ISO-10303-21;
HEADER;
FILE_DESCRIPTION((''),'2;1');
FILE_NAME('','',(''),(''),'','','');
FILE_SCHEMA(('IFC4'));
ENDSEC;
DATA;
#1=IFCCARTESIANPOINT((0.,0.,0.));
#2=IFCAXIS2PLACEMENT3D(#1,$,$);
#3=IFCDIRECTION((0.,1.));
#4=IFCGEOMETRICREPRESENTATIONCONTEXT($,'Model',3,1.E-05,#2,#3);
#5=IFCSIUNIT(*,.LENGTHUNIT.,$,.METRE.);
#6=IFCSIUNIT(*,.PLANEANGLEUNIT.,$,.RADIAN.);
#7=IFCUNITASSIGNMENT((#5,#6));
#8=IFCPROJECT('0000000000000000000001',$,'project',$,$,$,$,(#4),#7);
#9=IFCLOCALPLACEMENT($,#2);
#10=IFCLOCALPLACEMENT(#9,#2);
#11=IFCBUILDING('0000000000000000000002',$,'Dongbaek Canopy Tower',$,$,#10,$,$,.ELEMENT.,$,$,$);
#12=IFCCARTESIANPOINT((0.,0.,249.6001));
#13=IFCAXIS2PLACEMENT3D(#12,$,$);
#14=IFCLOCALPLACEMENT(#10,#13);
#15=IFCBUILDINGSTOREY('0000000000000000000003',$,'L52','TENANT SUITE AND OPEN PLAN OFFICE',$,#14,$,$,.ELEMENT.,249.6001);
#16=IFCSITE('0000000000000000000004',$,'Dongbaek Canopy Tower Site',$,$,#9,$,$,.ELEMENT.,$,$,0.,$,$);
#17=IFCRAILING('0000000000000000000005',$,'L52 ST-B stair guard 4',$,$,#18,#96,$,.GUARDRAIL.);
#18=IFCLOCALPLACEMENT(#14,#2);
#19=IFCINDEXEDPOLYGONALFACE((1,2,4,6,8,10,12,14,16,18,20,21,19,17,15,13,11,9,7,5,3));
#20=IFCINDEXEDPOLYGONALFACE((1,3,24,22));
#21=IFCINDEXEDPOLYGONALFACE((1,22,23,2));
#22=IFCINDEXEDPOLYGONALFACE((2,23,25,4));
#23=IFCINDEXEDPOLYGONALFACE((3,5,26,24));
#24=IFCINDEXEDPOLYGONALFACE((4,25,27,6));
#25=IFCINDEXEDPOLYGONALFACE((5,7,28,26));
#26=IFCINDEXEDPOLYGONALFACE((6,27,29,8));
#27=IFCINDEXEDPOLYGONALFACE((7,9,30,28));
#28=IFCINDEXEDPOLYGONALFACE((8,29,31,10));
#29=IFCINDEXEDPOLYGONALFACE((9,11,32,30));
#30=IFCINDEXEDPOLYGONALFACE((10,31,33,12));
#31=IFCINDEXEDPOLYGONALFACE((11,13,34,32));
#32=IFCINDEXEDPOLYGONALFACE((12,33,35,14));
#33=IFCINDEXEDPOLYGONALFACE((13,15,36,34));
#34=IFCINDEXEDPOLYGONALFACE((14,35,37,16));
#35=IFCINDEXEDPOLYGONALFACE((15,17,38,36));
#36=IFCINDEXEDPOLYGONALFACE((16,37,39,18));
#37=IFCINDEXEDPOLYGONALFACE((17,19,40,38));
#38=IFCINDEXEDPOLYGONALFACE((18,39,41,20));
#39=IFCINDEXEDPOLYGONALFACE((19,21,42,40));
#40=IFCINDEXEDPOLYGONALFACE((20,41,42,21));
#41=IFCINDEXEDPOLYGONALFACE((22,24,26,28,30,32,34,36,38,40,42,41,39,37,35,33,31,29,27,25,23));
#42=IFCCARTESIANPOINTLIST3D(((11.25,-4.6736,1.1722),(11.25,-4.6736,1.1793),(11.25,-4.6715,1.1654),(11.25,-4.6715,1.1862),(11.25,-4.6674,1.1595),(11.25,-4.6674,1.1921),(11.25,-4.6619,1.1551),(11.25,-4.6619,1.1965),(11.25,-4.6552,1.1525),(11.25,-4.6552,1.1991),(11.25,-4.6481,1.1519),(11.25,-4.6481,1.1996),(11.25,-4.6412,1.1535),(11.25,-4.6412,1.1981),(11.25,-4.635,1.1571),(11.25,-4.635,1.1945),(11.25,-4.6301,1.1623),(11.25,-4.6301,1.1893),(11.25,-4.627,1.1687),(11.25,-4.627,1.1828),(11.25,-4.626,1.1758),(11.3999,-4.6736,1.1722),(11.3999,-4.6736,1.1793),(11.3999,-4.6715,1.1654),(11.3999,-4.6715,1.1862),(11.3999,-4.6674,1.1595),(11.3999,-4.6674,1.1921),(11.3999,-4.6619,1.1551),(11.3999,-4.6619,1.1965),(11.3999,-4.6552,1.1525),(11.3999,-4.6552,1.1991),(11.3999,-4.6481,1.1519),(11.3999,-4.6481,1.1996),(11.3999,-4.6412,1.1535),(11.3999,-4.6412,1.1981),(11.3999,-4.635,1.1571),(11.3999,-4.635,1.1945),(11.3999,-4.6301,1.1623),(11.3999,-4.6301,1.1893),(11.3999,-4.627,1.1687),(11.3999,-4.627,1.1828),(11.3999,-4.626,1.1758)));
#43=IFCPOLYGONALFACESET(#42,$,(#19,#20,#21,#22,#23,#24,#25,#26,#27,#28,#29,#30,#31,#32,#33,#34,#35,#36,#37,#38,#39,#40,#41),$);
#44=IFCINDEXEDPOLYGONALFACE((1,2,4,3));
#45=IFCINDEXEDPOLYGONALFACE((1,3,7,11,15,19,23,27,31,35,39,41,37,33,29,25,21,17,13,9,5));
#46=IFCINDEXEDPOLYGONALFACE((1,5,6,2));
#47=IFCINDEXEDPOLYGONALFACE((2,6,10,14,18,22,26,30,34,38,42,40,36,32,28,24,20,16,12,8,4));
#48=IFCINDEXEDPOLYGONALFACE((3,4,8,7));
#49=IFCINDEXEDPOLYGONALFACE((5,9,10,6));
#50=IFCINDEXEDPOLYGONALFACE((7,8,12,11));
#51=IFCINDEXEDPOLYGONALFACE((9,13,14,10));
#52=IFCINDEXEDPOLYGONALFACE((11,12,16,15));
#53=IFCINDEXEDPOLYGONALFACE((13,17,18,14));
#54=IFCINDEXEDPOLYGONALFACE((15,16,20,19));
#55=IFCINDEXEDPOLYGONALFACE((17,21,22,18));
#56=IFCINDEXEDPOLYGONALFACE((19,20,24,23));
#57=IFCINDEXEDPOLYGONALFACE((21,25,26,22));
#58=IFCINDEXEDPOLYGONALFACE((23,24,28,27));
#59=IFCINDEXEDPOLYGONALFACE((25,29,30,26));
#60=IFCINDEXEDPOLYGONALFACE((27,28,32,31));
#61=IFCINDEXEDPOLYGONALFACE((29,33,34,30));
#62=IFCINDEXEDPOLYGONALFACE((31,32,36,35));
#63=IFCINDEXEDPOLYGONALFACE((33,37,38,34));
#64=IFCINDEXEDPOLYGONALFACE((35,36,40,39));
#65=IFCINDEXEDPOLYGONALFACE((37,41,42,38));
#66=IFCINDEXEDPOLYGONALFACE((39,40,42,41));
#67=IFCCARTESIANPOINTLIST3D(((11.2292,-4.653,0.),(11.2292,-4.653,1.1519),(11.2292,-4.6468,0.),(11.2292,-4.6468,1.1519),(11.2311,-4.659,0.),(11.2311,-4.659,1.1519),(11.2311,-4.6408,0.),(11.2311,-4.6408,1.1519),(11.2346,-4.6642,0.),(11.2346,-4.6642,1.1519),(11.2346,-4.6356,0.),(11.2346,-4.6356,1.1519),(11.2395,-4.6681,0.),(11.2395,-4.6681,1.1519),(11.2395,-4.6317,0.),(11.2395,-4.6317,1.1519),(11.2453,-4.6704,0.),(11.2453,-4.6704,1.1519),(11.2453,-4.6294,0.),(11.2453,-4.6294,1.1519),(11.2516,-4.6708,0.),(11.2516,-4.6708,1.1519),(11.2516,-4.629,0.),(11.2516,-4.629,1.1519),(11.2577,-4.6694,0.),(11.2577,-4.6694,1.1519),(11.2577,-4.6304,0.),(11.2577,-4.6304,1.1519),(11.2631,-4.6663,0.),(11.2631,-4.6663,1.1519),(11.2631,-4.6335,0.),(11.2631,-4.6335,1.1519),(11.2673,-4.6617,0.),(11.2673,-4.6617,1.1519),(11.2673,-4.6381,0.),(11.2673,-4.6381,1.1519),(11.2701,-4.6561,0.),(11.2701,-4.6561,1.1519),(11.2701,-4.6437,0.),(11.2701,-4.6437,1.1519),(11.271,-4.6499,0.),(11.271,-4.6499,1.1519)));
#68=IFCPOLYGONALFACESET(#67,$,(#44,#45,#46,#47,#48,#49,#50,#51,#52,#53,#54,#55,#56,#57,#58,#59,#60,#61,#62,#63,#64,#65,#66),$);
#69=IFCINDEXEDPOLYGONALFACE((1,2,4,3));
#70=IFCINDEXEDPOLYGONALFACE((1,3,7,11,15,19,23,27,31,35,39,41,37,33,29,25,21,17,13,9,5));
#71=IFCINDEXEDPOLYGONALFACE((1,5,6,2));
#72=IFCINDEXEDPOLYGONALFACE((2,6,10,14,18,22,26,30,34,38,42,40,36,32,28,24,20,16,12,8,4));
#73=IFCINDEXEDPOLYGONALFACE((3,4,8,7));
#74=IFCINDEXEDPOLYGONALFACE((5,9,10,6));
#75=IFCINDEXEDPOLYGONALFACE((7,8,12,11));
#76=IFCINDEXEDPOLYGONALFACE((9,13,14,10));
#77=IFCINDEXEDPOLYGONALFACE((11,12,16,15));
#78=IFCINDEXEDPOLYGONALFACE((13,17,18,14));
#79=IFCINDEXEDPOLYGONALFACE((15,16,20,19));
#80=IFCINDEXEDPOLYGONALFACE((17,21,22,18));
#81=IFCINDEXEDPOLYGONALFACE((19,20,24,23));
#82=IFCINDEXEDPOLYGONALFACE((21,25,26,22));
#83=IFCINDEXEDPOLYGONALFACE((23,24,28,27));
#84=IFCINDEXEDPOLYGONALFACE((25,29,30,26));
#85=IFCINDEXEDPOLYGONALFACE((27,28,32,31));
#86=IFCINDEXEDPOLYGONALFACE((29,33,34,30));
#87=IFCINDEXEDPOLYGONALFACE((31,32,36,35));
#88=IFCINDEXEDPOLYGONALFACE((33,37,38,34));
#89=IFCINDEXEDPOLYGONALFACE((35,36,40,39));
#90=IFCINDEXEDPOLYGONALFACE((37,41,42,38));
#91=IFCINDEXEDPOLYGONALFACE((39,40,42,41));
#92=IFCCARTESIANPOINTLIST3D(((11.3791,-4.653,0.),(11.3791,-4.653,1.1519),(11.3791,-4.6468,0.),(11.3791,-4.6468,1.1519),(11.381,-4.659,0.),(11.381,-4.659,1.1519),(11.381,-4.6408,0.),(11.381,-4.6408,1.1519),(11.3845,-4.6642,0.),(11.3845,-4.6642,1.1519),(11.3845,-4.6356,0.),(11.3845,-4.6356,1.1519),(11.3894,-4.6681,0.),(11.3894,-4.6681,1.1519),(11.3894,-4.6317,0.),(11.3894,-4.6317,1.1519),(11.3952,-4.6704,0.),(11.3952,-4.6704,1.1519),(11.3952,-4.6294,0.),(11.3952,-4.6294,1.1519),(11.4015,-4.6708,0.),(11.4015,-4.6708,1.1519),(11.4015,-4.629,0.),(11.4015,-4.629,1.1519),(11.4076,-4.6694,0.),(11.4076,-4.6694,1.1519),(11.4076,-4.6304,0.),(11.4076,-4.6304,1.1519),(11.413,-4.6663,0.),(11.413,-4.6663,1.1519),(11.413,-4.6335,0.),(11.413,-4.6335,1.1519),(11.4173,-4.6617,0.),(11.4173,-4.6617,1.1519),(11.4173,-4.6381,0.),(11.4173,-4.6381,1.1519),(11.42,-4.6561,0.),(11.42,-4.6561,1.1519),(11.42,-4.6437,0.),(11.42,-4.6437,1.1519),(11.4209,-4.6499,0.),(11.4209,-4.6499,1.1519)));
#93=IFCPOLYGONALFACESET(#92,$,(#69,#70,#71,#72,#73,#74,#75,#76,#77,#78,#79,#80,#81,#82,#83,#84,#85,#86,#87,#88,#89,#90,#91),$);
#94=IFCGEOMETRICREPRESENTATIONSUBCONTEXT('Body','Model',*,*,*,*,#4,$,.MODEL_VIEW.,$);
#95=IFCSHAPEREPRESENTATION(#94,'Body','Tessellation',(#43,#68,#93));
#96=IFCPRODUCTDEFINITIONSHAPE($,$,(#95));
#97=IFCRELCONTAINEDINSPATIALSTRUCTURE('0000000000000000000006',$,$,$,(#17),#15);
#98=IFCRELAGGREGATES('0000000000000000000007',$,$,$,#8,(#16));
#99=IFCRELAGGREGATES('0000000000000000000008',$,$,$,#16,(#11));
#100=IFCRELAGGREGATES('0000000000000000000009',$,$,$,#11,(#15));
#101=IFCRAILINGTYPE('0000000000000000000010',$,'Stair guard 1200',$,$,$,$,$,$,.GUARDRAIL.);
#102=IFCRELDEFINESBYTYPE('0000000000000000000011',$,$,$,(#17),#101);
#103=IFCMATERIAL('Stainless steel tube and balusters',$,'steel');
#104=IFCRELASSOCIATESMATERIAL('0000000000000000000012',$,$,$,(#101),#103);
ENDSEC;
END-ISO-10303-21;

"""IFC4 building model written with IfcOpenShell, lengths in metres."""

from ifc_helpers import new_model, si_unit, direction, frame, origin, origin_2d, place, context, subcontext, project, spatial, circle, extrude, material, type_object, element, save


model = new_model("IFC4")

# Units and contexts
model_context = context("Model", 3, precision=1e-05, world=origin(), true_north=direction((0.0, 1.0)))
body_context = subcontext(model_context, "Body", "Model", "MODEL_VIEW")
ifc_project = project(units=[si_unit("LENGTHUNIT", "METRE"), si_unit("PLANEANGLEUNIT", "RADIAN")], contexts=[model_context])

# Site, building, storey
site_placement = place(None, origin())
site = spatial("IfcSite", under=ifc_project, at=site_placement, Name="Dongbaek Canopy Tower Site", CompositionType="ELEMENT", RefElevation=0.0)
building_placement = place(site_placement, origin())
building = spatial("IfcBuilding", under=site, at=building_placement, Name="Dongbaek Canopy Tower", CompositionType="ELEMENT")
storey_placement = place(building_placement, frame((0.0, 0.0, 249.6001)))
storey = spatial("IfcBuildingStorey", under=building, at=storey_placement, Name="L52", Description="TENANT SUITE AND OPEN PLAN OFFICE", CompositionType="ELEMENT", Elevation=249.6001)

# Railing
ifc_material_1 = material(Name="Stainless steel tube and balusters", Category="steel")
railing_type_1 = type_object("IfcRailingType", Name="Stair guard 1200", PredefinedType="GUARDRAIL", material=ifc_material_1)
railing_1_placement = place(storey_placement, frame((11.25, -4.6499, 0.0)))
element("IfcRailing", 1, at=railing_1_placement, inside=storey, type_object=railing_type_1, Name="L52 ST-B stair guard 4", PredefinedType="GUARDRAIL", context=body_context, shape_type="SweptSolid", body=[
    extrude(circle(Radius=0.0239, at=origin_2d()), frame((0.0, 0.0, 1.1758), z_axis=(1.0, 0.0, 0.0), x_axis=(0.0, 1.0, 0.0)), (0.0, 0.0, 1.0), 0.1499),
    extrude(circle(Radius=0.021, at=origin_2d()), origin(), (0.0, 0.0, 1.0), 1.1519),
    extrude(circle(Radius=0.021, at=origin_2d()), frame((0.1499, 0.0, 0.0)), (0.0, 0.0, 1.0), 1.1519),
])

save(model, "model.ifc")
